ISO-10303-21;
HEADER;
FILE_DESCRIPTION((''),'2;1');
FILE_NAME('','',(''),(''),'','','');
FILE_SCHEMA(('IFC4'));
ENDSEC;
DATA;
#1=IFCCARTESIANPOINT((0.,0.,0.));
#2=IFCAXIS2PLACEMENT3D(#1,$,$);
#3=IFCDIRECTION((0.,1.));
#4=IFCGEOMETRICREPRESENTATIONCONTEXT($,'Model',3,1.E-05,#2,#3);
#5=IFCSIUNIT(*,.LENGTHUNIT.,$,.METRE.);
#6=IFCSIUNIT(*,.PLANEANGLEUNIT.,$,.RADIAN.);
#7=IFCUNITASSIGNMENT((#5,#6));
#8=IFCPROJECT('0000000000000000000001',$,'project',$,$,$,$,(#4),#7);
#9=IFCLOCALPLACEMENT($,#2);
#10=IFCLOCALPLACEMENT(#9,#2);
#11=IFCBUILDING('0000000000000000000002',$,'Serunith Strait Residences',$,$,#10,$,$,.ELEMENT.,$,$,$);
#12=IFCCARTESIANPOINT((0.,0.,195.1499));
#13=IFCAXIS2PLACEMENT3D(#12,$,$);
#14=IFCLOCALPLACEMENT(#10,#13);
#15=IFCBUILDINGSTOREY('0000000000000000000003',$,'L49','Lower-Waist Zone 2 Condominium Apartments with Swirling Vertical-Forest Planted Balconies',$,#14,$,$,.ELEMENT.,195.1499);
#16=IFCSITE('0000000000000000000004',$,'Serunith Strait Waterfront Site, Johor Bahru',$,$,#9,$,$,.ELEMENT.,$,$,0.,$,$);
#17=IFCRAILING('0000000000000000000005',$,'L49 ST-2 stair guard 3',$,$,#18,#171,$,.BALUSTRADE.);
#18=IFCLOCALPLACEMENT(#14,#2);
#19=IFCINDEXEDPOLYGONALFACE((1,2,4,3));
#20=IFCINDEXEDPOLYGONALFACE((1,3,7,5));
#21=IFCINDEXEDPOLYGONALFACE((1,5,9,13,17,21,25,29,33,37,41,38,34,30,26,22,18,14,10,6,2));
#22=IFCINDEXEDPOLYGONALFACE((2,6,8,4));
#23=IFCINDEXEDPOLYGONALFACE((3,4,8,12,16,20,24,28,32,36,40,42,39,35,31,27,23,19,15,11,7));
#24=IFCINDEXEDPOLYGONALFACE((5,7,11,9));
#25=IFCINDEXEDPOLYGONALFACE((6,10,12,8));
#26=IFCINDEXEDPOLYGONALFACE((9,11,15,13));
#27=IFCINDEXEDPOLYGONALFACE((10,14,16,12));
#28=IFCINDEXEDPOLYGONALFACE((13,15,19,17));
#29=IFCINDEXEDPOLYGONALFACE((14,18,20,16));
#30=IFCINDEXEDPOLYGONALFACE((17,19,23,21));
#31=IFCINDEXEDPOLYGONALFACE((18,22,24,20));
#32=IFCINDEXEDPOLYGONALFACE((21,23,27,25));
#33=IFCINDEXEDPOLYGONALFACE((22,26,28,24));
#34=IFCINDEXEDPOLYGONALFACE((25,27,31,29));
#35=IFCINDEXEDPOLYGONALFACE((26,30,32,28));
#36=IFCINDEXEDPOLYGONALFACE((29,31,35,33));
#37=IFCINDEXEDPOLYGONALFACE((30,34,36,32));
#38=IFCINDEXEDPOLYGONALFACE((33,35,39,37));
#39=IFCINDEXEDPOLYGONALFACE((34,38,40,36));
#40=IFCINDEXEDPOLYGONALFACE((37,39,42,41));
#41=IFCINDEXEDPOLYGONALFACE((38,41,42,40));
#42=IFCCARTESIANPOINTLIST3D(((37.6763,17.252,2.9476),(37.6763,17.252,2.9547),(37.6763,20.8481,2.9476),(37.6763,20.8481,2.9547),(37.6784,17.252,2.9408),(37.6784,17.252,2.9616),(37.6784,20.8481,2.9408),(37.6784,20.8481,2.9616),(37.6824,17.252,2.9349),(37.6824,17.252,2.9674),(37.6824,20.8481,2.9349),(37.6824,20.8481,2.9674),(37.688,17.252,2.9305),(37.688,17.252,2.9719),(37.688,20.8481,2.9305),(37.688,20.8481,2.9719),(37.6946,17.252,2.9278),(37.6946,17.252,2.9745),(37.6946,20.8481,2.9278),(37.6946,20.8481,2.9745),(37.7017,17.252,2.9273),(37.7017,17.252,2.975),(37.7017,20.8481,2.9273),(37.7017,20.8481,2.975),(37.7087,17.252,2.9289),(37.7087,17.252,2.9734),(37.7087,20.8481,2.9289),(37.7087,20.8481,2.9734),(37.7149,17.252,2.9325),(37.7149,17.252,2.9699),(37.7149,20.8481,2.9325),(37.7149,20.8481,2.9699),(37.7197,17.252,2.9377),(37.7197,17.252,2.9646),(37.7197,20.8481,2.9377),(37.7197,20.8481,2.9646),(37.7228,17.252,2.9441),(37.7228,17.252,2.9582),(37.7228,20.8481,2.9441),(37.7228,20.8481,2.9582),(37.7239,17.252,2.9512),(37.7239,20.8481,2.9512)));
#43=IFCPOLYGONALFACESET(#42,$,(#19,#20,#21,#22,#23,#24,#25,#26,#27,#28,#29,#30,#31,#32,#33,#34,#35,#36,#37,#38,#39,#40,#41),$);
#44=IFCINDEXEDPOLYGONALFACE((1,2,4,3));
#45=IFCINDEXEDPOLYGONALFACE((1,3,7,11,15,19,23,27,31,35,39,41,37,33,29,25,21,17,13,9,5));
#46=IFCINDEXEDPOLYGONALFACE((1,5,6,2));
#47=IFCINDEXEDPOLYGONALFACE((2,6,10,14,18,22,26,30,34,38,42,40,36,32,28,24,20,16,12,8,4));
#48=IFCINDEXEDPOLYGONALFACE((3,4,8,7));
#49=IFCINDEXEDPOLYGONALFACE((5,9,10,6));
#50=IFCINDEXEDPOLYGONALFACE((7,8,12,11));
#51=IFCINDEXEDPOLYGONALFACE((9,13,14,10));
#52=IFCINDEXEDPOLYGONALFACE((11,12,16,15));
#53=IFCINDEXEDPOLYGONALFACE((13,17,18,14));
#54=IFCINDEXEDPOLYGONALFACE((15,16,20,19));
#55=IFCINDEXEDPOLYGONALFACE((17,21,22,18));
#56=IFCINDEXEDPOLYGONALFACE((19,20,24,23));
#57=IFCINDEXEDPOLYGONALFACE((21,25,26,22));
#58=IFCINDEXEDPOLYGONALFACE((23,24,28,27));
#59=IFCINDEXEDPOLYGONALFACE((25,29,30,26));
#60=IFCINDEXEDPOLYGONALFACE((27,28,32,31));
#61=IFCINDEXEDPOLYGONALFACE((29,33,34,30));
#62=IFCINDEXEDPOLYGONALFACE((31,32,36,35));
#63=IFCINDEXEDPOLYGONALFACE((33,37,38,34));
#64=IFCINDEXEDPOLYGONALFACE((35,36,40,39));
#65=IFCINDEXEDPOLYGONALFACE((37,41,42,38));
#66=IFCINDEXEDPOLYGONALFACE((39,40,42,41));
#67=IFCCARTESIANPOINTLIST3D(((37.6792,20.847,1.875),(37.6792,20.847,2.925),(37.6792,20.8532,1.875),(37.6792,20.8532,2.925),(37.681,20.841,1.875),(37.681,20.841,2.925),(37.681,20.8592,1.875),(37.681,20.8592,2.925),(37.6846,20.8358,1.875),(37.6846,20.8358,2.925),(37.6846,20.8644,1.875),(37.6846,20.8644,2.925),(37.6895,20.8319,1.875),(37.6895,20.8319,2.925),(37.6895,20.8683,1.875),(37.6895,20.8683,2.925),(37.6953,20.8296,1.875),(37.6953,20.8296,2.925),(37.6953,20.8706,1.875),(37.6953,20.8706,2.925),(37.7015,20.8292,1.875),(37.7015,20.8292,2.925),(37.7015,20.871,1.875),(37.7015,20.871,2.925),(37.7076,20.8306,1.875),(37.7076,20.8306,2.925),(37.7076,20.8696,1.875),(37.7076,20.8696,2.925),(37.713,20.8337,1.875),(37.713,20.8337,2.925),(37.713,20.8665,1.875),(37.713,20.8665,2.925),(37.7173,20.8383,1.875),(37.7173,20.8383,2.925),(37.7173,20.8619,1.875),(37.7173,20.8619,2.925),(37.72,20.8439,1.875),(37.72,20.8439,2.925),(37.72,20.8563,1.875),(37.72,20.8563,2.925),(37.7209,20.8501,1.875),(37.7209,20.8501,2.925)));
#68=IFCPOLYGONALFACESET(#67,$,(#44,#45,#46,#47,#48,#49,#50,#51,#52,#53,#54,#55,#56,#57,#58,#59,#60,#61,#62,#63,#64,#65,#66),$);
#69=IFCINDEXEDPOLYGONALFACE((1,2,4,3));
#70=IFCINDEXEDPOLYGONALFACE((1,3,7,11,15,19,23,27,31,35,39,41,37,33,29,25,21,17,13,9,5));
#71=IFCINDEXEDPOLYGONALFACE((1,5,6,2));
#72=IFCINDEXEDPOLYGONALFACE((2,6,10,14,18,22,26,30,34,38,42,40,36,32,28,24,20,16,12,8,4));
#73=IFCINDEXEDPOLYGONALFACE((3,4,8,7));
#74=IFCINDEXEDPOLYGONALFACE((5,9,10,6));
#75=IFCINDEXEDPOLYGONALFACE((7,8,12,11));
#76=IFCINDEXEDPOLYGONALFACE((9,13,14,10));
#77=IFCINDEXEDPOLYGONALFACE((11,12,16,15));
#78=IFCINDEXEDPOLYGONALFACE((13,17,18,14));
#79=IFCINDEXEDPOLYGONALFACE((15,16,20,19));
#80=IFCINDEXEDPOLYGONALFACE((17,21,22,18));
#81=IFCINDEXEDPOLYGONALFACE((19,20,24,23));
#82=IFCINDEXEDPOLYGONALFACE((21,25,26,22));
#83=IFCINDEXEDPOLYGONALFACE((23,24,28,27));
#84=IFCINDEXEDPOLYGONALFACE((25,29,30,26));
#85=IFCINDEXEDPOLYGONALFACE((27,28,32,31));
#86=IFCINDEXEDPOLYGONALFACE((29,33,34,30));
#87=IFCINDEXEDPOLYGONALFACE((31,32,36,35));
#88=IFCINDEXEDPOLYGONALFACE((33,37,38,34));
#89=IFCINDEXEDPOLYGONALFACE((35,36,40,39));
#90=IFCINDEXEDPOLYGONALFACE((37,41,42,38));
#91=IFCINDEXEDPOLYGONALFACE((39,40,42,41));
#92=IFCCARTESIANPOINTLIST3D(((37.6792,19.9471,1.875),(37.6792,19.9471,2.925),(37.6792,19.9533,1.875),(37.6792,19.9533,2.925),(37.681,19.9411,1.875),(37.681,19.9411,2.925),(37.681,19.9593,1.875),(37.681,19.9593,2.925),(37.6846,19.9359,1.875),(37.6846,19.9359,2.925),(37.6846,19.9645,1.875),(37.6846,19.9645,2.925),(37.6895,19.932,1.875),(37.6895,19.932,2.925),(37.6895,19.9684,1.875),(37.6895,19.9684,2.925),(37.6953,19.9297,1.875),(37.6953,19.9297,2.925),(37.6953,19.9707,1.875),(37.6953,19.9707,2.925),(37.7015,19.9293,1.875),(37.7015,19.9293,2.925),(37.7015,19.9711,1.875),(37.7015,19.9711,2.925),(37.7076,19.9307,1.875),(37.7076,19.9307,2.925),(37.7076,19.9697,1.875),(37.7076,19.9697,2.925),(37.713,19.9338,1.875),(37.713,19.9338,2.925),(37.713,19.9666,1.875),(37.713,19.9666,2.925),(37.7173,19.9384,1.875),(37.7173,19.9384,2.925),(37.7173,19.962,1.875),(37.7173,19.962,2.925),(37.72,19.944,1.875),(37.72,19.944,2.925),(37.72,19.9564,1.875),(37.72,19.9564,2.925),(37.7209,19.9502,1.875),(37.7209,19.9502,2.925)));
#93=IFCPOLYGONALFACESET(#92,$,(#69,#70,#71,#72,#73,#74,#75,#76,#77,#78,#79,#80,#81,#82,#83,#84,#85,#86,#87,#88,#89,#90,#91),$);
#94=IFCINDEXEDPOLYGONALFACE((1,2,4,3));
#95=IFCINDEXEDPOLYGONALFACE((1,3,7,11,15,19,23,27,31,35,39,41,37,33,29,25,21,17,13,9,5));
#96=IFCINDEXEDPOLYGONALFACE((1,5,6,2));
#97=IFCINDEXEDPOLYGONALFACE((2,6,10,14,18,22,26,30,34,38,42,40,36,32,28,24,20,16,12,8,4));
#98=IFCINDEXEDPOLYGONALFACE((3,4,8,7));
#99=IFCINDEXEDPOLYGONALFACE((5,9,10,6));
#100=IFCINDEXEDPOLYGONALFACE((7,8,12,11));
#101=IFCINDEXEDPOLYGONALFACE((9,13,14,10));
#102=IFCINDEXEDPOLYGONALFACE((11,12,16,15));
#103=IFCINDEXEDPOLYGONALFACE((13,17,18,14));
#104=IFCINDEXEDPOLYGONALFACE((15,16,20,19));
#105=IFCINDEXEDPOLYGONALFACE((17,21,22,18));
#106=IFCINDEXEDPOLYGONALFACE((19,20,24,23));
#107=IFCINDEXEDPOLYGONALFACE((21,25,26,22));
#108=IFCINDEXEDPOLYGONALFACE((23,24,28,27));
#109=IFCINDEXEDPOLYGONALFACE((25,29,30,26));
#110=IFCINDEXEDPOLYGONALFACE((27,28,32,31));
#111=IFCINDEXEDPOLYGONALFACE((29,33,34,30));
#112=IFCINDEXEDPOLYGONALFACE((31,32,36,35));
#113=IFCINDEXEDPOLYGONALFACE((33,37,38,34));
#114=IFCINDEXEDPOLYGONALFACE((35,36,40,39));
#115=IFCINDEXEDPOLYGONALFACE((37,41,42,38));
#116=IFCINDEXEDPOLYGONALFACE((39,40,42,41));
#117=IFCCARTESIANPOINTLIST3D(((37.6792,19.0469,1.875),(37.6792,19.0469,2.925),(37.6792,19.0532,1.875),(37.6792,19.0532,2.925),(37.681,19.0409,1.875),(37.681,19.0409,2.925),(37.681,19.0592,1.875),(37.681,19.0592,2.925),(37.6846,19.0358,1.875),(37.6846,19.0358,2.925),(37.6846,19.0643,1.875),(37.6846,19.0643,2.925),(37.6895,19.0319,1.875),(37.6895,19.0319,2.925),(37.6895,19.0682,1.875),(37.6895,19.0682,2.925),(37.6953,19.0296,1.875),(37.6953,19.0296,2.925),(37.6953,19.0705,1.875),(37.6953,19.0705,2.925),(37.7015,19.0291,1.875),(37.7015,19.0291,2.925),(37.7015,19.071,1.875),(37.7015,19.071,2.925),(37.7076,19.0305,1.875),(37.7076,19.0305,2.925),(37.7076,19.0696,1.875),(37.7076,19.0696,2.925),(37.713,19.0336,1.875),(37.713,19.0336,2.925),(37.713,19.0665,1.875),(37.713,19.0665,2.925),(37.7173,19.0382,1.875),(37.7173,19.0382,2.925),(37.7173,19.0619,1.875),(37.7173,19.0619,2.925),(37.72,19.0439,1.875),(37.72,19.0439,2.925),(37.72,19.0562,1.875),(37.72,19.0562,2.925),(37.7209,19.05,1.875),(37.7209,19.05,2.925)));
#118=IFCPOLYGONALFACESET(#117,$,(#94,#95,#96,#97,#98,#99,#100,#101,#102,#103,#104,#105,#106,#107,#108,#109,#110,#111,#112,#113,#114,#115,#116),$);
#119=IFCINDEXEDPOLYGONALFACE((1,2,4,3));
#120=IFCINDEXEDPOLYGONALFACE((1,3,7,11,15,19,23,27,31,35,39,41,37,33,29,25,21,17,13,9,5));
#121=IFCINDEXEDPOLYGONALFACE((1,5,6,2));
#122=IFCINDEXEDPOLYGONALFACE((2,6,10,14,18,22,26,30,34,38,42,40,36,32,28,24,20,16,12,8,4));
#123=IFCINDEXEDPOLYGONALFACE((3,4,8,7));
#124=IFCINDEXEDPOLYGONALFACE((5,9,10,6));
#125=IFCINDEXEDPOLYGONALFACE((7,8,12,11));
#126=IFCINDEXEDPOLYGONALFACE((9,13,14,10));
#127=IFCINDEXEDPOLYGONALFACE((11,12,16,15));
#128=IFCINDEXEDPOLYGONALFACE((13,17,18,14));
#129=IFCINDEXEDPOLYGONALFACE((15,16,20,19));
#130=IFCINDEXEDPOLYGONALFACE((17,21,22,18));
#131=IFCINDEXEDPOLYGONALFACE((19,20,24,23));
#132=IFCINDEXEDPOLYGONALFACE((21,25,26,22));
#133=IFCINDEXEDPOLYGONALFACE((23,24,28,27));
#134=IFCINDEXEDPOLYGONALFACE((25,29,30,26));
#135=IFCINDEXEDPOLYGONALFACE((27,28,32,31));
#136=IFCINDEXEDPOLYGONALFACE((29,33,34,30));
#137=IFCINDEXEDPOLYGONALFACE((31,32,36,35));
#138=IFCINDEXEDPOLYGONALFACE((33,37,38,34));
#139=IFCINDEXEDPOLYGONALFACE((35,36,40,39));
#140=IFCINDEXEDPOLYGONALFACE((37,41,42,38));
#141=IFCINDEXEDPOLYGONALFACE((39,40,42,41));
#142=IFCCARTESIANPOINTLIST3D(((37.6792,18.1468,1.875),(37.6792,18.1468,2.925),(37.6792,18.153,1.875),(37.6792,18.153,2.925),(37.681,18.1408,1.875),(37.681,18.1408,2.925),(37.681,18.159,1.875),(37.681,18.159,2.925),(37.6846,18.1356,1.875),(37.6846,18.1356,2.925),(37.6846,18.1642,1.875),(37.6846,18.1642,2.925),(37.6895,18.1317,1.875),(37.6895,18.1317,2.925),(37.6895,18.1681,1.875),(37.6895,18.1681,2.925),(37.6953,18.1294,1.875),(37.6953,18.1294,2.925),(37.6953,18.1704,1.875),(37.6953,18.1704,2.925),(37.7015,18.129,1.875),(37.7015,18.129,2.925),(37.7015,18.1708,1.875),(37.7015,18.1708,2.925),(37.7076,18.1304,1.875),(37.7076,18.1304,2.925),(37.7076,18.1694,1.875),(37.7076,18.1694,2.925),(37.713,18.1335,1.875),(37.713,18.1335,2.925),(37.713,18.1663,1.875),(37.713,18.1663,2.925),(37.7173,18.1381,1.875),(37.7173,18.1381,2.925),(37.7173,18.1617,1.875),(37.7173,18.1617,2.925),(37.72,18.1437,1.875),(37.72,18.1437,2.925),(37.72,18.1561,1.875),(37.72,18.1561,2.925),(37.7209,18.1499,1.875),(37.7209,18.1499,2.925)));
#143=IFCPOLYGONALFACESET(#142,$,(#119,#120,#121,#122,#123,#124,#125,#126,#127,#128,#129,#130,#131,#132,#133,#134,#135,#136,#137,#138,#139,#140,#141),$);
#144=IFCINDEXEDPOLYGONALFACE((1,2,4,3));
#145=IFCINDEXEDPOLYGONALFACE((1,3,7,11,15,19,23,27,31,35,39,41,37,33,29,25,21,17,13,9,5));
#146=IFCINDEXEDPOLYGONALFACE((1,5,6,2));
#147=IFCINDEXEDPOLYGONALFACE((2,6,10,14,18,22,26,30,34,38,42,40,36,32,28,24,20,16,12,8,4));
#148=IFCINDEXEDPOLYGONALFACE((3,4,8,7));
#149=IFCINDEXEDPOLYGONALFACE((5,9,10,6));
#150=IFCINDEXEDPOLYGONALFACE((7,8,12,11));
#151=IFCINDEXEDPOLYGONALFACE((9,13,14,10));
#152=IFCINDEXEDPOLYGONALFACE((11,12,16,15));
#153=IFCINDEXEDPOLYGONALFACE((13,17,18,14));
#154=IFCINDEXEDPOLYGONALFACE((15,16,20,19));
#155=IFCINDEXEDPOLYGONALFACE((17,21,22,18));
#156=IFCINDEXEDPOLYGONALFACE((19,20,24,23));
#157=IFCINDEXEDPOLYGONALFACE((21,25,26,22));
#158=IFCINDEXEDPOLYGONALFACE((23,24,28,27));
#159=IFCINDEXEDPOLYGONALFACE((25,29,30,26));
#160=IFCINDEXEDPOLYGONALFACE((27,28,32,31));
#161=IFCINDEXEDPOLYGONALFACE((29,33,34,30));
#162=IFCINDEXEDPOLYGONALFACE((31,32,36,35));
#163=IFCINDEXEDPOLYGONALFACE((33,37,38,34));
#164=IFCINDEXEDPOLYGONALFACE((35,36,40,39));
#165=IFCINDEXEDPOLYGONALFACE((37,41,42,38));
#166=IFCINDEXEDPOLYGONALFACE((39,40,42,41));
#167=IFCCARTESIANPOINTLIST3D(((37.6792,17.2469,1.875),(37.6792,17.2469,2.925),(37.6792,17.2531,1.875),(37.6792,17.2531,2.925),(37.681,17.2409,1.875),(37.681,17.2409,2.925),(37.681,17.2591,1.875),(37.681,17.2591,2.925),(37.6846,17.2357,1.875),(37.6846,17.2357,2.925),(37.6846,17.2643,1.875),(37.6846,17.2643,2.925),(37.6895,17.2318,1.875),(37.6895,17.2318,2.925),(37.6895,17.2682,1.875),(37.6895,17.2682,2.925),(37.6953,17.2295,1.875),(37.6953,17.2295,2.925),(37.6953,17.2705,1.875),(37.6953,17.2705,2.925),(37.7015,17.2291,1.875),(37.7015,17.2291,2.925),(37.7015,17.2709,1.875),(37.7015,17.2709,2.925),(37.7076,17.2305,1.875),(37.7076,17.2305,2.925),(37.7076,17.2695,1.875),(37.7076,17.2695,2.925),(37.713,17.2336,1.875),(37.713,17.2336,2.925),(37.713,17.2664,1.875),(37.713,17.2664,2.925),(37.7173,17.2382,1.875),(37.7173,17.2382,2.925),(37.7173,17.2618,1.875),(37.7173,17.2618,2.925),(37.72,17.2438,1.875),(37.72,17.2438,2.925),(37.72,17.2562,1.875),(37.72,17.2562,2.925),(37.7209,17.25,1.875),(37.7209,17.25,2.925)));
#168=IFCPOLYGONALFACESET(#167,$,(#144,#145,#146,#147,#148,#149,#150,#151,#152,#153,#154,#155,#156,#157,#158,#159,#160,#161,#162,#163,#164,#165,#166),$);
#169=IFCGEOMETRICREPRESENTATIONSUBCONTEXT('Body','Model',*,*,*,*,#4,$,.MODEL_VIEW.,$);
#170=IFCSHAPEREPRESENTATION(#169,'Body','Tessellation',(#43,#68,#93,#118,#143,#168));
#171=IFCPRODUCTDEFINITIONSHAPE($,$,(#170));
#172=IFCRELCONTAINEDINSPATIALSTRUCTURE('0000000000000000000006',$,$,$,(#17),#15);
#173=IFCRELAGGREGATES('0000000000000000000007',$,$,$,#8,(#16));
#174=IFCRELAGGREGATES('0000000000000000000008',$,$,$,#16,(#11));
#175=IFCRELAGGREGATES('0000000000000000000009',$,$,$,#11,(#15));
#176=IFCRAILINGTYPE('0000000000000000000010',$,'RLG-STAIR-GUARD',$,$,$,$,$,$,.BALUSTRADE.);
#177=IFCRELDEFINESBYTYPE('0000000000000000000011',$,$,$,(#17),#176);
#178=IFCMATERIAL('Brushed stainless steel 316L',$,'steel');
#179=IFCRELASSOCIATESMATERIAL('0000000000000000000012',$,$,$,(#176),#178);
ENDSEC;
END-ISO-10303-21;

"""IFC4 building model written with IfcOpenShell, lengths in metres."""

from ifc_helpers import new_model, si_unit, direction, frame, origin, origin_2d, place, context, subcontext, project, spatial, circle, extrude, material, type_object, element, save


model = new_model("IFC4")

# Units and contexts
model_context = context("Model", 3, precision=1e-05, world=origin(), true_north=direction((0.0, 1.0)))
body_context = subcontext(model_context, "Body", "Model", "MODEL_VIEW")
ifc_project = project(units=[si_unit("LENGTHUNIT", "METRE"), si_unit("PLANEANGLEUNIT", "RADIAN")], contexts=[model_context])

# Site, building, storey
site_placement = place(None, origin())
site = spatial("IfcSite", under=ifc_project, at=site_placement, Name="Serunith Strait Waterfront Site, Johor Bahru", CompositionType="ELEMENT", RefElevation=0.0)
building_placement = place(site_placement, origin())
building = spatial("IfcBuilding", under=site, at=building_placement, Name="Serunith Strait Residences", CompositionType="ELEMENT")
storey_placement = place(building_placement, frame((0.0, 0.0, 195.1499)))
storey = spatial("IfcBuildingStorey", under=building, at=storey_placement, Name="L49", Description="Lower-Waist Zone 2 Condominium Apartments with Swirling Vertical-Forest Planted Balconies", CompositionType="ELEMENT", Elevation=195.1499)

# Railing
ifc_material_1 = material(Name="Brushed stainless steel 316L", Category="steel")
railing_type_1 = type_object("IfcRailingType", Name="RLG-STAIR-GUARD", PredefinedType="BALUSTRADE", material=ifc_material_1)
for number, where, name in (
    (1, (37.7, 20.8501, 1.875), "L49 ST-2 stair guard 3"),
):
    element("IfcRailing", number, at=place(storey_placement, frame(where)), inside=storey, type_object=railing_type_1, Name=name, PredefinedType="BALUSTRADE", context=body_context, shape_type="SweptSolid", body=[
        extrude(circle(Radius=0.0239, at=origin_2d()), frame((0.0, -0.002, 1.0762), z_axis=(0.0, -1.0, 0.0), x_axis=(1.0, 0.0, 0.0)), (0.0, 0.0, 1.0), 3.5962),
        extrude(circle(Radius=0.021, at=origin_2d()), origin(), (0.0, 0.0, 1.0), 1.05),
        extrude(circle(Radius=0.021, at=origin_2d()), frame((0.0, -0.8999, 0.0)), (0.0, 0.0, 1.0), 1.05),
        extrude(circle(Radius=0.021, at=origin_2d()), frame((0.0, -1.8, 0.0)), (0.0, 0.0, 1.0), 1.05),
        extrude(circle(Radius=0.021, at=origin_2d()), frame((0.0, -2.7002, 0.0)), (0.0, 0.0, 1.0), 1.05),
        extrude(circle(Radius=0.021, at=origin_2d()), frame((0.0, -3.6001, 0.0)), (0.0, 0.0, 1.0), 1.05),
    ])

save(model, "model.ifc")
